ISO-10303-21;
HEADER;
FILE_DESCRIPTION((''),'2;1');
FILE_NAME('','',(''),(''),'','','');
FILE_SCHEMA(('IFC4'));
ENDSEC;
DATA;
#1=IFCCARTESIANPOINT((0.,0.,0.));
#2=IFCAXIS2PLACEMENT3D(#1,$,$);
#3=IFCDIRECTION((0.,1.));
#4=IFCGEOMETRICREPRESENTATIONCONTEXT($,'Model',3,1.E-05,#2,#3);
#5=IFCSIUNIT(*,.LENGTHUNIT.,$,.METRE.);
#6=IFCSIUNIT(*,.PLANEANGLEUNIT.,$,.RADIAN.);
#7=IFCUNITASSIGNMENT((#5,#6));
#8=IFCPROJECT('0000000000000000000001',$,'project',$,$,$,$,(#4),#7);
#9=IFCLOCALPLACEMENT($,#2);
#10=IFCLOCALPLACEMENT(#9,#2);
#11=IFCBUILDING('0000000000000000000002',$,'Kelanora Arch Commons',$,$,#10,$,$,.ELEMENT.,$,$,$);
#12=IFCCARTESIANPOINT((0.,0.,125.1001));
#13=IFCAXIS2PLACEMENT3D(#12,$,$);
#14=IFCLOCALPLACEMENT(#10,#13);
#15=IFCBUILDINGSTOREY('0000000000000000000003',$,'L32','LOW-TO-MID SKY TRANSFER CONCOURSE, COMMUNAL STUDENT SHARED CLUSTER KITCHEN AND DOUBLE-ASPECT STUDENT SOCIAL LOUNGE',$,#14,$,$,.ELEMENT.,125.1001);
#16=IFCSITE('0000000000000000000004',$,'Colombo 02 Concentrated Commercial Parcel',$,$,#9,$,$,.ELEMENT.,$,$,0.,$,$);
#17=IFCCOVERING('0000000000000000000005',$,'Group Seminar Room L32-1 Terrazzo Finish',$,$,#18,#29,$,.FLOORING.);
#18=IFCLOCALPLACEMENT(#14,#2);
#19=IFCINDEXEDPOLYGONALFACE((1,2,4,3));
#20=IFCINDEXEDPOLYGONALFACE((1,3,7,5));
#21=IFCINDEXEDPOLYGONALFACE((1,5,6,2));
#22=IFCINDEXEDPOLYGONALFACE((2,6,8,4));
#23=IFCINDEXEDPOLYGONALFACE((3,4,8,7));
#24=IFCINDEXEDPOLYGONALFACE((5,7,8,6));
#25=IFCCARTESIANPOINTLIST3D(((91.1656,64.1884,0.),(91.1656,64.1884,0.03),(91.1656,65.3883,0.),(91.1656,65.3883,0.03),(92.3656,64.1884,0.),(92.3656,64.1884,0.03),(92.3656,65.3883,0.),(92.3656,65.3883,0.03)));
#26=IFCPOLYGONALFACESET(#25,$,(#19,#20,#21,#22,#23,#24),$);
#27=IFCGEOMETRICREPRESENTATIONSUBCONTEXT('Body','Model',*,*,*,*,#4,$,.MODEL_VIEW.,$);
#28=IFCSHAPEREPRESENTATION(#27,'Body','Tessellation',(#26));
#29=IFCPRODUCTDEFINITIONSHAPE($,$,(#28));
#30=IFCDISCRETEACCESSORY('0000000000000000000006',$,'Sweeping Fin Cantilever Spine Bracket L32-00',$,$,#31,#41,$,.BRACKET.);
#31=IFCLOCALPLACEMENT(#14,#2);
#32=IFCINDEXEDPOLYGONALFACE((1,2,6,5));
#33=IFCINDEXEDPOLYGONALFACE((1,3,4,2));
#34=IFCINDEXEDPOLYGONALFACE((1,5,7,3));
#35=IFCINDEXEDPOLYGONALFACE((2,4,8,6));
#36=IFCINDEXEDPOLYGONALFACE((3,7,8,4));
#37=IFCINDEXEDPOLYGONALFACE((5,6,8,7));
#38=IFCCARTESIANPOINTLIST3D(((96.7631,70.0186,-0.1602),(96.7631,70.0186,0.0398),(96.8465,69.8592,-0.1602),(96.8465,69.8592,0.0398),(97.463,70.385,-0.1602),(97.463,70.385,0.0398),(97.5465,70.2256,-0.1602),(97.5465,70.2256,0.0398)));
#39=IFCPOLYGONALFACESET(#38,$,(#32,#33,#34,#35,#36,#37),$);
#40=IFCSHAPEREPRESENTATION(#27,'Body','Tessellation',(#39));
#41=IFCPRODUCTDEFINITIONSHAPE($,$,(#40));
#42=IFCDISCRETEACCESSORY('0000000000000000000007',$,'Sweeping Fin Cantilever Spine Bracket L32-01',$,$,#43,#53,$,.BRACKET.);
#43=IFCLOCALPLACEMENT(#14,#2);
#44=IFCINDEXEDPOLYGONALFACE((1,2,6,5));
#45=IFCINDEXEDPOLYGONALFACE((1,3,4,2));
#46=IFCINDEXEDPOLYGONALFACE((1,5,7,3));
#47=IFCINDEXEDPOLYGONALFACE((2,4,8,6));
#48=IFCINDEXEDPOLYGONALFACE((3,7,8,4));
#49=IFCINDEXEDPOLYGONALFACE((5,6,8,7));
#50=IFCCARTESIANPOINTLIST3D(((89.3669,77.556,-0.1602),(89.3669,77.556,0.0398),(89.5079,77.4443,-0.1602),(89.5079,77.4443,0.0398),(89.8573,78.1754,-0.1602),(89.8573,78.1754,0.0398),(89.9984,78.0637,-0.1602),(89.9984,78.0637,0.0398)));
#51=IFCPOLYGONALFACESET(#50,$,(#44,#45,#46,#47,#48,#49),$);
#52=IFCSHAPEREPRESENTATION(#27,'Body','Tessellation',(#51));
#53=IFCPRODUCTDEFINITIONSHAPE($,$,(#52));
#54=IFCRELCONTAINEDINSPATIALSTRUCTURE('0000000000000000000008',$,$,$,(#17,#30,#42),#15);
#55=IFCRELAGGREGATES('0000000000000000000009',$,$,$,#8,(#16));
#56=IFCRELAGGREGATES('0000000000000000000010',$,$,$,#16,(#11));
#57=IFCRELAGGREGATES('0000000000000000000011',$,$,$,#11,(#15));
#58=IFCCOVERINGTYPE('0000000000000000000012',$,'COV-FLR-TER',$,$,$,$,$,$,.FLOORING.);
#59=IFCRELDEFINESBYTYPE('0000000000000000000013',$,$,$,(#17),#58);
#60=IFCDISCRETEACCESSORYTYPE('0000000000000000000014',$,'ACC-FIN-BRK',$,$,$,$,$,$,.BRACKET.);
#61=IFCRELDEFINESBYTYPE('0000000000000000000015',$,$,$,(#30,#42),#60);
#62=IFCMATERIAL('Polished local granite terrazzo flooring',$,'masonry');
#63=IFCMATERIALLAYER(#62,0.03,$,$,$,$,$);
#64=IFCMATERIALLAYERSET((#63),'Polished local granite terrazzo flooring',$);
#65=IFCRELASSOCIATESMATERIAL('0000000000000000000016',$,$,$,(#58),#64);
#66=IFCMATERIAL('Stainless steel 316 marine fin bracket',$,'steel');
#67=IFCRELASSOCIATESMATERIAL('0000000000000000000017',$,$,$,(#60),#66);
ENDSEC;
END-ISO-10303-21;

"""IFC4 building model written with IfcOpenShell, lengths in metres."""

from ifc_helpers import new_model, si_unit, direction, frame, origin, origin_2d, place, context, subcontext, project, spatial, rectangle, extrude, source, transform, mapped, material, layer, layer_set, type_object, element, save


model = new_model("IFC4")

# Units and contexts
model_context = context("Model", 3, precision=1e-05, world=origin(), true_north=direction((0.0, 1.0)))
body_context = subcontext(model_context, "Body", "Model", "MODEL_VIEW")
ifc_project = project(units=[si_unit("LENGTHUNIT", "METRE"), si_unit("PLANEANGLEUNIT", "RADIAN")], contexts=[model_context])

# Site, building, storey
site_placement = place(None, origin())
site = spatial("IfcSite", under=ifc_project, at=site_placement, Name="Colombo 02 Concentrated Commercial Parcel", CompositionType="ELEMENT", RefElevation=0.0)
building_placement = place(site_placement, origin())
building = spatial("IfcBuilding", under=site, at=building_placement, Name="Kelanora Arch Commons", CompositionType="ELEMENT")
storey_placement = place(building_placement, frame((0.0, 0.0, 125.1001)))
storey = spatial("IfcBuildingStorey", under=building, at=storey_placement, Name="L32", Description="LOW-TO-MID SKY TRANSFER CONCOURSE, COMMUNAL STUDENT SHARED CLUSTER KITCHEN AND DOUBLE-ASPECT STUDENT SOCIAL LOUNGE", CompositionType="ELEMENT", Elevation=125.1001)

# Covering
ifc_material_1 = material(Name="Polished local granite terrazzo flooring", Category="masonry")
ifc_layer_1 = layer(ifc_material_1, 0.03)
ifc_layer_set_1 = layer_set([ifc_layer_1], Name="Polished local granite terrazzo flooring")
covering_type = type_object("IfcCoveringType", Name="COV-FLR-TER", PredefinedType="FLOORING", material=ifc_layer_set_1)
shared_shape_1 = source(origin(), body_context, "Body", "SweptSolid", [
    extrude(rectangle(XDim=1.2, YDim=1.2, at=origin_2d()), origin(), (0.0, 0.0, 1.0), 0.03),
])
covering_placement = place(storey_placement, frame((91.7656, 64.7883, 0.0), z_axis=(0.0, 0.0, 1.0), x_axis=(1.0, 0.0, 0.0)))
element("IfcCovering", 1, at=covering_placement, inside=storey, type_object=covering_type, Name="Group Seminar Room L32-1 Terrazzo Finish", PredefinedType="FLOORING", context=body_context, shape_type="MappedRepresentation", body=[
    mapped(shared_shape_1, transform((0.0, 0.0, 0.0), scale=1.0)),
])

# Discrete accessories
ifc_material_2 = material(Name="Stainless steel 316 marine fin bracket", Category="steel")
discrete_accessory_type = type_object("IfcDiscreteAccessoryType", Name="ACC-FIN-BRK", PredefinedType="BRACKET", material=ifc_material_2)
shared_shape_2 = source(origin(), body_context, "Body", "SweptSolid", [
    extrude(rectangle(XDim=0.79, YDim=0.1799, at=origin_2d()), origin(), (0.0, 0.0, 1.0), 0.2),
])
for number, where, z_axis, x_axis, name in (
    (2, (97.1548, 70.1221, -0.1602), (0.0, 0.0, 1.0), (0.885961, 0.46376, 0.0), "Sweeping Fin Cantilever Spine Bracket L32-00"),
    (3, (89.6826, 77.8098, -0.1602), (0.0, 0.0, 1.0), (0.620737, 0.784019, 0.0), "Sweeping Fin Cantilever Spine Bracket L32-01"),
):
    element("IfcDiscreteAccessory", number, at=place(storey_placement, frame(where, z_axis=z_axis, x_axis=x_axis)), inside=storey, type_object=discrete_accessory_type, Name=name, PredefinedType="BRACKET", context=body_context, shape_type="MappedRepresentation", body=[
        mapped(shared_shape_2, transform((0.0, 0.0, 0.0), scale=1.0)),
    ])

save(model, "model.ifc")
